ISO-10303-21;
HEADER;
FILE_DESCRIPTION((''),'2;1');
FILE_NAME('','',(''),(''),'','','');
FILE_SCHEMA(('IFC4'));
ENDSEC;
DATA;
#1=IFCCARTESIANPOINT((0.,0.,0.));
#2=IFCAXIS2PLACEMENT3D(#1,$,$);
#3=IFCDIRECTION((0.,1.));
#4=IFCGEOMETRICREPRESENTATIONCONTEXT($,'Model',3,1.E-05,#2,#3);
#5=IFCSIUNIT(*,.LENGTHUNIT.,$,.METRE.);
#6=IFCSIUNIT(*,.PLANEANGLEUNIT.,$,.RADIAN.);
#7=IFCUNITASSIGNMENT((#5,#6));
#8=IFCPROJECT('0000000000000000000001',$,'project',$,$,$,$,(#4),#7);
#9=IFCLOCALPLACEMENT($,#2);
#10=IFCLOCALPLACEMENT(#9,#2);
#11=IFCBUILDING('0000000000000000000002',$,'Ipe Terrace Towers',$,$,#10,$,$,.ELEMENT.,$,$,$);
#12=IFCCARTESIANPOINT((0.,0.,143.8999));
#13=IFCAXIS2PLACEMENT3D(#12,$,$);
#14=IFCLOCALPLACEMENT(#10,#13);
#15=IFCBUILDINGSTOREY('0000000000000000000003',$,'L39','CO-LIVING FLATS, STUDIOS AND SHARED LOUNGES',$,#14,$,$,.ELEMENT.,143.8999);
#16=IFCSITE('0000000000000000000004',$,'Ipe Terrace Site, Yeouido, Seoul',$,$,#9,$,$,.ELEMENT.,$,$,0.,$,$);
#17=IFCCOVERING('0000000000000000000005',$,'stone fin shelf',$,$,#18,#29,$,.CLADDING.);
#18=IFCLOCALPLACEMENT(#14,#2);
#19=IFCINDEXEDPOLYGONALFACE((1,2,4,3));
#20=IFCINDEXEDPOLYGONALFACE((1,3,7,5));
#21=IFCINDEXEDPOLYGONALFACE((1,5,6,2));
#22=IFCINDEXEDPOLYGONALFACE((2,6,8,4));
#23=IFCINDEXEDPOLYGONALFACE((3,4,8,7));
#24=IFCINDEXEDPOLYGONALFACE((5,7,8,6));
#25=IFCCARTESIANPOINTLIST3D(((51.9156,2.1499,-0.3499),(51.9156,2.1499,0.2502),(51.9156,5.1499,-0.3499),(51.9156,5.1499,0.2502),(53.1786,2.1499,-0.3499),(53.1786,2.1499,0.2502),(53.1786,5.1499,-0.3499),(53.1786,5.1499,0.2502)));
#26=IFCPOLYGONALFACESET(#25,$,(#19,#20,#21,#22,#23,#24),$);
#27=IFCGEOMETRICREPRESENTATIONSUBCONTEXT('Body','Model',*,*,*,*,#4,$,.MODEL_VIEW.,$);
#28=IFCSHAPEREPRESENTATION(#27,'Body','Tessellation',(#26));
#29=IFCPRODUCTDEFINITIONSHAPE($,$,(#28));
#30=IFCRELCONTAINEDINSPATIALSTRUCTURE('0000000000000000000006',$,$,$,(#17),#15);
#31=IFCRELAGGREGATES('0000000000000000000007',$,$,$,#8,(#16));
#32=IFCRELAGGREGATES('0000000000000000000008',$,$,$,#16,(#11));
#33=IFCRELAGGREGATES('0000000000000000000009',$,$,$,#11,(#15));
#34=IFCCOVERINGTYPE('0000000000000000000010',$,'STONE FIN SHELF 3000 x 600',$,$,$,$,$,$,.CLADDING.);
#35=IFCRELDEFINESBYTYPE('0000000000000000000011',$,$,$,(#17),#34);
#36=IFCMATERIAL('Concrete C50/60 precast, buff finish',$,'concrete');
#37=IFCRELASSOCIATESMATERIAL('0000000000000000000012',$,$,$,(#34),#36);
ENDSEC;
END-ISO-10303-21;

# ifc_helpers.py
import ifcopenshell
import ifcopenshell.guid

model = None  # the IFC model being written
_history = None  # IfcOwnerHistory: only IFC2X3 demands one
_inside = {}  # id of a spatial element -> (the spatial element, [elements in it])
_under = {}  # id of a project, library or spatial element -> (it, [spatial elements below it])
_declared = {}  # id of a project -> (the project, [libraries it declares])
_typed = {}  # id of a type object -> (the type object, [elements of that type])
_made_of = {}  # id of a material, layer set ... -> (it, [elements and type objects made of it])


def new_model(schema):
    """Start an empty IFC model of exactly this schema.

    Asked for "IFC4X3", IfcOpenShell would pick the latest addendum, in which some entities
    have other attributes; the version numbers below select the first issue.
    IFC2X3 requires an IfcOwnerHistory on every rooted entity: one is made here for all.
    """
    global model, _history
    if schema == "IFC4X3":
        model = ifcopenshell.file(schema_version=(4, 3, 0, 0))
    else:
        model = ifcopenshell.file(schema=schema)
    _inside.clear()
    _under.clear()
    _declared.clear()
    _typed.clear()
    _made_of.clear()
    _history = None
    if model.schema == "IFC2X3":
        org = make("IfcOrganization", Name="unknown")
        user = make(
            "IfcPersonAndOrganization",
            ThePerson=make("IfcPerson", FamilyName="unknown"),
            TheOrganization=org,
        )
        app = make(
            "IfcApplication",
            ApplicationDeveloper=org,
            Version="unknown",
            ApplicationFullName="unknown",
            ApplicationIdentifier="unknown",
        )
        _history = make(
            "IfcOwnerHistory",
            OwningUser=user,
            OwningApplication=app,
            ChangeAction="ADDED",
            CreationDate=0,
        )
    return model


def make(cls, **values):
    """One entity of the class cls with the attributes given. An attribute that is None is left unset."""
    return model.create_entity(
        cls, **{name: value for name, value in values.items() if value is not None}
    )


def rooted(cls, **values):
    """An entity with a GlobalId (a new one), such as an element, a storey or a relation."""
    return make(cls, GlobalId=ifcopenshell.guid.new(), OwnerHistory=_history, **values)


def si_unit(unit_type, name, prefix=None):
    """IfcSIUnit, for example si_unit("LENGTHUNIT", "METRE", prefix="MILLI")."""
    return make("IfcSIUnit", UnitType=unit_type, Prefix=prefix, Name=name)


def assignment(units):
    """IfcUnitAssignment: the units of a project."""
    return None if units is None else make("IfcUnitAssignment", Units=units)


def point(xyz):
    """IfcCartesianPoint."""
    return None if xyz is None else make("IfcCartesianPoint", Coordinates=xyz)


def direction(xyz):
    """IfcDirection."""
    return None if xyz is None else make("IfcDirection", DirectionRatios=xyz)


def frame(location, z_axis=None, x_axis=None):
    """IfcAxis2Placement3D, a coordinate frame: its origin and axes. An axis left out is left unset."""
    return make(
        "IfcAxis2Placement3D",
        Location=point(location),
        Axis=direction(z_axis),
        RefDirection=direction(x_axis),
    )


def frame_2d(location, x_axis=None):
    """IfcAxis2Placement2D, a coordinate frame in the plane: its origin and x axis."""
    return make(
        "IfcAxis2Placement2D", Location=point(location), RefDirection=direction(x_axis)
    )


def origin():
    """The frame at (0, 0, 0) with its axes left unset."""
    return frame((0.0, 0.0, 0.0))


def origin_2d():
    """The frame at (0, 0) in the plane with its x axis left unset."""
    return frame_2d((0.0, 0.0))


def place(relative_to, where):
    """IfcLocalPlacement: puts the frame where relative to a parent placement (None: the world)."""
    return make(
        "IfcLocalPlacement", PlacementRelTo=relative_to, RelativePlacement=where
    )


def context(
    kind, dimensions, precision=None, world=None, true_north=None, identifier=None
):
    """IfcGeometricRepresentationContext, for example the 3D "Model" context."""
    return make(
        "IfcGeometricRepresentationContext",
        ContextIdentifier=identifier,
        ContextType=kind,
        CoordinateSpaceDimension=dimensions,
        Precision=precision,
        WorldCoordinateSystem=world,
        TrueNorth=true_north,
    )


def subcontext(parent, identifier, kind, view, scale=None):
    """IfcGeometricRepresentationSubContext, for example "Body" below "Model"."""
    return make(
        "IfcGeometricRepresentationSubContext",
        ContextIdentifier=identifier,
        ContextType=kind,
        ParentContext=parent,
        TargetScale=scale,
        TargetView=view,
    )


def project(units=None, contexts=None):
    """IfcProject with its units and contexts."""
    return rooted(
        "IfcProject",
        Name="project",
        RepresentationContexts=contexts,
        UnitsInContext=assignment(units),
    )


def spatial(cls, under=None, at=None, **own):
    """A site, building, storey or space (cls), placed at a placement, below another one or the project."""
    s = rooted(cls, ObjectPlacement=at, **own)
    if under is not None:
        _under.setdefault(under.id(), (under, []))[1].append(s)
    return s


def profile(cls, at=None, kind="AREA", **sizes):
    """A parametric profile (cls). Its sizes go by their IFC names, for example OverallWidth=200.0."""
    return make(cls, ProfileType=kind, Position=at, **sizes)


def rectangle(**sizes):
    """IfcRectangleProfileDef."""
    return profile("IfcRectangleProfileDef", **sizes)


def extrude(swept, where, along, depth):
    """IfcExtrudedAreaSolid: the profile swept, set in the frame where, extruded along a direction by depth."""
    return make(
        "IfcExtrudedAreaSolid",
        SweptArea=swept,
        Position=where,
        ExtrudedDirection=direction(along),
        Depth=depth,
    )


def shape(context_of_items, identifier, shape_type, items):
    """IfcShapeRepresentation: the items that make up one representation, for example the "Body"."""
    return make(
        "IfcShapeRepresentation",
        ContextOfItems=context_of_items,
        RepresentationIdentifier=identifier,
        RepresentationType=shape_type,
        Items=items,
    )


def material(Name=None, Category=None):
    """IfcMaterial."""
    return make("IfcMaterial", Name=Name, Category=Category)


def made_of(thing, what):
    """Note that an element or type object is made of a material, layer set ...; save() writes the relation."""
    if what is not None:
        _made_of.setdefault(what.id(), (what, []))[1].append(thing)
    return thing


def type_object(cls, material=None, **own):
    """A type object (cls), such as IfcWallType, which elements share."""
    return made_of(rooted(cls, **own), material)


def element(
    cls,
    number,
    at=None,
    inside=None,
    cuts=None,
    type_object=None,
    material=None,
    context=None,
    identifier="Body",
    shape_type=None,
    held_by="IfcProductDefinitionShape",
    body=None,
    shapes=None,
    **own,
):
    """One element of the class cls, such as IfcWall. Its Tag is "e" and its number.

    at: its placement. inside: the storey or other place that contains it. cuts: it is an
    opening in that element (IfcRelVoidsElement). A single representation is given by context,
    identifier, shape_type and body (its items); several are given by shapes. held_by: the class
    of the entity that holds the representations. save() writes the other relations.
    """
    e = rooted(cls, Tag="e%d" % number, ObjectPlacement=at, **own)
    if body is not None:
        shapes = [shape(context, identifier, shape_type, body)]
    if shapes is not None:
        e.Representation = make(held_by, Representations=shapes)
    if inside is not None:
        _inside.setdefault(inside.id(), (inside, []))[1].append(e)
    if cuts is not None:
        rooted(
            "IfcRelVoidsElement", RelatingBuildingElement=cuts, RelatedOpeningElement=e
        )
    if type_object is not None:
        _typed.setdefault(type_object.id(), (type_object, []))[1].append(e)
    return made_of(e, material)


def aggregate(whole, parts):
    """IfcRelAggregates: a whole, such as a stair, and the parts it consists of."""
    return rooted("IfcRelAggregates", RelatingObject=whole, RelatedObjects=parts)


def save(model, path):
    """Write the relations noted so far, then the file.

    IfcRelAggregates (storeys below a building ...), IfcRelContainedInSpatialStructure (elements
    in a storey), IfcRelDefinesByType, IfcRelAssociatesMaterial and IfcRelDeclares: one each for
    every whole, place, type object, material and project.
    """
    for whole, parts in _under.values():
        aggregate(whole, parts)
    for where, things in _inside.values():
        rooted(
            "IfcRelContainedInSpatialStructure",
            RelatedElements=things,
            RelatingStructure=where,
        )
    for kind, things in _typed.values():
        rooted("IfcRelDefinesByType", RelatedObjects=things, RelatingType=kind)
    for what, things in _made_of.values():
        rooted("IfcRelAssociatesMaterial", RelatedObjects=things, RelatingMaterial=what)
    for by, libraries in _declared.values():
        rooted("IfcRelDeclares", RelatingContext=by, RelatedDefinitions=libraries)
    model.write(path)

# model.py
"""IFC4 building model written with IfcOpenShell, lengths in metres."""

from ifc_helpers import new_model, si_unit, direction, frame, origin, origin_2d, place, context, subcontext, project, spatial, rectangle, extrude, material, type_object, element, save


model = new_model("IFC4")

# Units and contexts
model_context = context("Model", 3, precision=1e-05, world=origin(), true_north=direction((0.0, 1.0)))
body_context = subcontext(model_context, "Body", "Model", "MODEL_VIEW")
ifc_project = project(units=[si_unit("LENGTHUNIT", "METRE"), si_unit("PLANEANGLEUNIT", "RADIAN")], contexts=[model_context])

# Site, building, storey
site_placement = place(None, origin())
site = spatial("IfcSite", under=ifc_project, at=site_placement, Name="Ipe Terrace Site, Yeouido, Seoul", CompositionType="ELEMENT", RefElevation=0.0)
building_placement = place(site_placement, origin())
building = spatial("IfcBuilding", under=site, at=building_placement, Name="Ipe Terrace Towers", CompositionType="ELEMENT")
storey_placement = place(building_placement, frame((0.0, 0.0, 143.8999)))
storey = spatial("IfcBuildingStorey", under=building, at=storey_placement, Name="L39", Description="CO-LIVING FLATS, STUDIOS AND SHARED LOUNGES", CompositionType="ELEMENT", Elevation=143.8999)

# Covering
ifc_material_1 = material(Name="Concrete C50/60 precast, buff finish", Category="concrete")
covering_type_1 = type_object("IfcCoveringType", Name="STONE FIN SHELF 3000 x 600", PredefinedType="CLADDING", material=ifc_material_1)
for number, where, z_axis, x_axis, name in (
    (1, (52.5471, 3.6499, -0.3499), (0.0, 0.0, 1.0), (0.0, 1.0, 0.0), "stone fin shelf"),
):
    element("IfcCovering", number, at=place(storey_placement, frame(where, z_axis=z_axis, x_axis=x_axis)), inside=storey, type_object=covering_type_1, Name=name, PredefinedType="CLADDING", context=body_context, shape_type="SweptSolid", body=[
        extrude(rectangle(XDim=3.0, YDim=1.2629, at=origin_2d()), origin(), (0.0, 0.0, 1.0), 0.6001),
    ])

save(model, "model.ifc")
